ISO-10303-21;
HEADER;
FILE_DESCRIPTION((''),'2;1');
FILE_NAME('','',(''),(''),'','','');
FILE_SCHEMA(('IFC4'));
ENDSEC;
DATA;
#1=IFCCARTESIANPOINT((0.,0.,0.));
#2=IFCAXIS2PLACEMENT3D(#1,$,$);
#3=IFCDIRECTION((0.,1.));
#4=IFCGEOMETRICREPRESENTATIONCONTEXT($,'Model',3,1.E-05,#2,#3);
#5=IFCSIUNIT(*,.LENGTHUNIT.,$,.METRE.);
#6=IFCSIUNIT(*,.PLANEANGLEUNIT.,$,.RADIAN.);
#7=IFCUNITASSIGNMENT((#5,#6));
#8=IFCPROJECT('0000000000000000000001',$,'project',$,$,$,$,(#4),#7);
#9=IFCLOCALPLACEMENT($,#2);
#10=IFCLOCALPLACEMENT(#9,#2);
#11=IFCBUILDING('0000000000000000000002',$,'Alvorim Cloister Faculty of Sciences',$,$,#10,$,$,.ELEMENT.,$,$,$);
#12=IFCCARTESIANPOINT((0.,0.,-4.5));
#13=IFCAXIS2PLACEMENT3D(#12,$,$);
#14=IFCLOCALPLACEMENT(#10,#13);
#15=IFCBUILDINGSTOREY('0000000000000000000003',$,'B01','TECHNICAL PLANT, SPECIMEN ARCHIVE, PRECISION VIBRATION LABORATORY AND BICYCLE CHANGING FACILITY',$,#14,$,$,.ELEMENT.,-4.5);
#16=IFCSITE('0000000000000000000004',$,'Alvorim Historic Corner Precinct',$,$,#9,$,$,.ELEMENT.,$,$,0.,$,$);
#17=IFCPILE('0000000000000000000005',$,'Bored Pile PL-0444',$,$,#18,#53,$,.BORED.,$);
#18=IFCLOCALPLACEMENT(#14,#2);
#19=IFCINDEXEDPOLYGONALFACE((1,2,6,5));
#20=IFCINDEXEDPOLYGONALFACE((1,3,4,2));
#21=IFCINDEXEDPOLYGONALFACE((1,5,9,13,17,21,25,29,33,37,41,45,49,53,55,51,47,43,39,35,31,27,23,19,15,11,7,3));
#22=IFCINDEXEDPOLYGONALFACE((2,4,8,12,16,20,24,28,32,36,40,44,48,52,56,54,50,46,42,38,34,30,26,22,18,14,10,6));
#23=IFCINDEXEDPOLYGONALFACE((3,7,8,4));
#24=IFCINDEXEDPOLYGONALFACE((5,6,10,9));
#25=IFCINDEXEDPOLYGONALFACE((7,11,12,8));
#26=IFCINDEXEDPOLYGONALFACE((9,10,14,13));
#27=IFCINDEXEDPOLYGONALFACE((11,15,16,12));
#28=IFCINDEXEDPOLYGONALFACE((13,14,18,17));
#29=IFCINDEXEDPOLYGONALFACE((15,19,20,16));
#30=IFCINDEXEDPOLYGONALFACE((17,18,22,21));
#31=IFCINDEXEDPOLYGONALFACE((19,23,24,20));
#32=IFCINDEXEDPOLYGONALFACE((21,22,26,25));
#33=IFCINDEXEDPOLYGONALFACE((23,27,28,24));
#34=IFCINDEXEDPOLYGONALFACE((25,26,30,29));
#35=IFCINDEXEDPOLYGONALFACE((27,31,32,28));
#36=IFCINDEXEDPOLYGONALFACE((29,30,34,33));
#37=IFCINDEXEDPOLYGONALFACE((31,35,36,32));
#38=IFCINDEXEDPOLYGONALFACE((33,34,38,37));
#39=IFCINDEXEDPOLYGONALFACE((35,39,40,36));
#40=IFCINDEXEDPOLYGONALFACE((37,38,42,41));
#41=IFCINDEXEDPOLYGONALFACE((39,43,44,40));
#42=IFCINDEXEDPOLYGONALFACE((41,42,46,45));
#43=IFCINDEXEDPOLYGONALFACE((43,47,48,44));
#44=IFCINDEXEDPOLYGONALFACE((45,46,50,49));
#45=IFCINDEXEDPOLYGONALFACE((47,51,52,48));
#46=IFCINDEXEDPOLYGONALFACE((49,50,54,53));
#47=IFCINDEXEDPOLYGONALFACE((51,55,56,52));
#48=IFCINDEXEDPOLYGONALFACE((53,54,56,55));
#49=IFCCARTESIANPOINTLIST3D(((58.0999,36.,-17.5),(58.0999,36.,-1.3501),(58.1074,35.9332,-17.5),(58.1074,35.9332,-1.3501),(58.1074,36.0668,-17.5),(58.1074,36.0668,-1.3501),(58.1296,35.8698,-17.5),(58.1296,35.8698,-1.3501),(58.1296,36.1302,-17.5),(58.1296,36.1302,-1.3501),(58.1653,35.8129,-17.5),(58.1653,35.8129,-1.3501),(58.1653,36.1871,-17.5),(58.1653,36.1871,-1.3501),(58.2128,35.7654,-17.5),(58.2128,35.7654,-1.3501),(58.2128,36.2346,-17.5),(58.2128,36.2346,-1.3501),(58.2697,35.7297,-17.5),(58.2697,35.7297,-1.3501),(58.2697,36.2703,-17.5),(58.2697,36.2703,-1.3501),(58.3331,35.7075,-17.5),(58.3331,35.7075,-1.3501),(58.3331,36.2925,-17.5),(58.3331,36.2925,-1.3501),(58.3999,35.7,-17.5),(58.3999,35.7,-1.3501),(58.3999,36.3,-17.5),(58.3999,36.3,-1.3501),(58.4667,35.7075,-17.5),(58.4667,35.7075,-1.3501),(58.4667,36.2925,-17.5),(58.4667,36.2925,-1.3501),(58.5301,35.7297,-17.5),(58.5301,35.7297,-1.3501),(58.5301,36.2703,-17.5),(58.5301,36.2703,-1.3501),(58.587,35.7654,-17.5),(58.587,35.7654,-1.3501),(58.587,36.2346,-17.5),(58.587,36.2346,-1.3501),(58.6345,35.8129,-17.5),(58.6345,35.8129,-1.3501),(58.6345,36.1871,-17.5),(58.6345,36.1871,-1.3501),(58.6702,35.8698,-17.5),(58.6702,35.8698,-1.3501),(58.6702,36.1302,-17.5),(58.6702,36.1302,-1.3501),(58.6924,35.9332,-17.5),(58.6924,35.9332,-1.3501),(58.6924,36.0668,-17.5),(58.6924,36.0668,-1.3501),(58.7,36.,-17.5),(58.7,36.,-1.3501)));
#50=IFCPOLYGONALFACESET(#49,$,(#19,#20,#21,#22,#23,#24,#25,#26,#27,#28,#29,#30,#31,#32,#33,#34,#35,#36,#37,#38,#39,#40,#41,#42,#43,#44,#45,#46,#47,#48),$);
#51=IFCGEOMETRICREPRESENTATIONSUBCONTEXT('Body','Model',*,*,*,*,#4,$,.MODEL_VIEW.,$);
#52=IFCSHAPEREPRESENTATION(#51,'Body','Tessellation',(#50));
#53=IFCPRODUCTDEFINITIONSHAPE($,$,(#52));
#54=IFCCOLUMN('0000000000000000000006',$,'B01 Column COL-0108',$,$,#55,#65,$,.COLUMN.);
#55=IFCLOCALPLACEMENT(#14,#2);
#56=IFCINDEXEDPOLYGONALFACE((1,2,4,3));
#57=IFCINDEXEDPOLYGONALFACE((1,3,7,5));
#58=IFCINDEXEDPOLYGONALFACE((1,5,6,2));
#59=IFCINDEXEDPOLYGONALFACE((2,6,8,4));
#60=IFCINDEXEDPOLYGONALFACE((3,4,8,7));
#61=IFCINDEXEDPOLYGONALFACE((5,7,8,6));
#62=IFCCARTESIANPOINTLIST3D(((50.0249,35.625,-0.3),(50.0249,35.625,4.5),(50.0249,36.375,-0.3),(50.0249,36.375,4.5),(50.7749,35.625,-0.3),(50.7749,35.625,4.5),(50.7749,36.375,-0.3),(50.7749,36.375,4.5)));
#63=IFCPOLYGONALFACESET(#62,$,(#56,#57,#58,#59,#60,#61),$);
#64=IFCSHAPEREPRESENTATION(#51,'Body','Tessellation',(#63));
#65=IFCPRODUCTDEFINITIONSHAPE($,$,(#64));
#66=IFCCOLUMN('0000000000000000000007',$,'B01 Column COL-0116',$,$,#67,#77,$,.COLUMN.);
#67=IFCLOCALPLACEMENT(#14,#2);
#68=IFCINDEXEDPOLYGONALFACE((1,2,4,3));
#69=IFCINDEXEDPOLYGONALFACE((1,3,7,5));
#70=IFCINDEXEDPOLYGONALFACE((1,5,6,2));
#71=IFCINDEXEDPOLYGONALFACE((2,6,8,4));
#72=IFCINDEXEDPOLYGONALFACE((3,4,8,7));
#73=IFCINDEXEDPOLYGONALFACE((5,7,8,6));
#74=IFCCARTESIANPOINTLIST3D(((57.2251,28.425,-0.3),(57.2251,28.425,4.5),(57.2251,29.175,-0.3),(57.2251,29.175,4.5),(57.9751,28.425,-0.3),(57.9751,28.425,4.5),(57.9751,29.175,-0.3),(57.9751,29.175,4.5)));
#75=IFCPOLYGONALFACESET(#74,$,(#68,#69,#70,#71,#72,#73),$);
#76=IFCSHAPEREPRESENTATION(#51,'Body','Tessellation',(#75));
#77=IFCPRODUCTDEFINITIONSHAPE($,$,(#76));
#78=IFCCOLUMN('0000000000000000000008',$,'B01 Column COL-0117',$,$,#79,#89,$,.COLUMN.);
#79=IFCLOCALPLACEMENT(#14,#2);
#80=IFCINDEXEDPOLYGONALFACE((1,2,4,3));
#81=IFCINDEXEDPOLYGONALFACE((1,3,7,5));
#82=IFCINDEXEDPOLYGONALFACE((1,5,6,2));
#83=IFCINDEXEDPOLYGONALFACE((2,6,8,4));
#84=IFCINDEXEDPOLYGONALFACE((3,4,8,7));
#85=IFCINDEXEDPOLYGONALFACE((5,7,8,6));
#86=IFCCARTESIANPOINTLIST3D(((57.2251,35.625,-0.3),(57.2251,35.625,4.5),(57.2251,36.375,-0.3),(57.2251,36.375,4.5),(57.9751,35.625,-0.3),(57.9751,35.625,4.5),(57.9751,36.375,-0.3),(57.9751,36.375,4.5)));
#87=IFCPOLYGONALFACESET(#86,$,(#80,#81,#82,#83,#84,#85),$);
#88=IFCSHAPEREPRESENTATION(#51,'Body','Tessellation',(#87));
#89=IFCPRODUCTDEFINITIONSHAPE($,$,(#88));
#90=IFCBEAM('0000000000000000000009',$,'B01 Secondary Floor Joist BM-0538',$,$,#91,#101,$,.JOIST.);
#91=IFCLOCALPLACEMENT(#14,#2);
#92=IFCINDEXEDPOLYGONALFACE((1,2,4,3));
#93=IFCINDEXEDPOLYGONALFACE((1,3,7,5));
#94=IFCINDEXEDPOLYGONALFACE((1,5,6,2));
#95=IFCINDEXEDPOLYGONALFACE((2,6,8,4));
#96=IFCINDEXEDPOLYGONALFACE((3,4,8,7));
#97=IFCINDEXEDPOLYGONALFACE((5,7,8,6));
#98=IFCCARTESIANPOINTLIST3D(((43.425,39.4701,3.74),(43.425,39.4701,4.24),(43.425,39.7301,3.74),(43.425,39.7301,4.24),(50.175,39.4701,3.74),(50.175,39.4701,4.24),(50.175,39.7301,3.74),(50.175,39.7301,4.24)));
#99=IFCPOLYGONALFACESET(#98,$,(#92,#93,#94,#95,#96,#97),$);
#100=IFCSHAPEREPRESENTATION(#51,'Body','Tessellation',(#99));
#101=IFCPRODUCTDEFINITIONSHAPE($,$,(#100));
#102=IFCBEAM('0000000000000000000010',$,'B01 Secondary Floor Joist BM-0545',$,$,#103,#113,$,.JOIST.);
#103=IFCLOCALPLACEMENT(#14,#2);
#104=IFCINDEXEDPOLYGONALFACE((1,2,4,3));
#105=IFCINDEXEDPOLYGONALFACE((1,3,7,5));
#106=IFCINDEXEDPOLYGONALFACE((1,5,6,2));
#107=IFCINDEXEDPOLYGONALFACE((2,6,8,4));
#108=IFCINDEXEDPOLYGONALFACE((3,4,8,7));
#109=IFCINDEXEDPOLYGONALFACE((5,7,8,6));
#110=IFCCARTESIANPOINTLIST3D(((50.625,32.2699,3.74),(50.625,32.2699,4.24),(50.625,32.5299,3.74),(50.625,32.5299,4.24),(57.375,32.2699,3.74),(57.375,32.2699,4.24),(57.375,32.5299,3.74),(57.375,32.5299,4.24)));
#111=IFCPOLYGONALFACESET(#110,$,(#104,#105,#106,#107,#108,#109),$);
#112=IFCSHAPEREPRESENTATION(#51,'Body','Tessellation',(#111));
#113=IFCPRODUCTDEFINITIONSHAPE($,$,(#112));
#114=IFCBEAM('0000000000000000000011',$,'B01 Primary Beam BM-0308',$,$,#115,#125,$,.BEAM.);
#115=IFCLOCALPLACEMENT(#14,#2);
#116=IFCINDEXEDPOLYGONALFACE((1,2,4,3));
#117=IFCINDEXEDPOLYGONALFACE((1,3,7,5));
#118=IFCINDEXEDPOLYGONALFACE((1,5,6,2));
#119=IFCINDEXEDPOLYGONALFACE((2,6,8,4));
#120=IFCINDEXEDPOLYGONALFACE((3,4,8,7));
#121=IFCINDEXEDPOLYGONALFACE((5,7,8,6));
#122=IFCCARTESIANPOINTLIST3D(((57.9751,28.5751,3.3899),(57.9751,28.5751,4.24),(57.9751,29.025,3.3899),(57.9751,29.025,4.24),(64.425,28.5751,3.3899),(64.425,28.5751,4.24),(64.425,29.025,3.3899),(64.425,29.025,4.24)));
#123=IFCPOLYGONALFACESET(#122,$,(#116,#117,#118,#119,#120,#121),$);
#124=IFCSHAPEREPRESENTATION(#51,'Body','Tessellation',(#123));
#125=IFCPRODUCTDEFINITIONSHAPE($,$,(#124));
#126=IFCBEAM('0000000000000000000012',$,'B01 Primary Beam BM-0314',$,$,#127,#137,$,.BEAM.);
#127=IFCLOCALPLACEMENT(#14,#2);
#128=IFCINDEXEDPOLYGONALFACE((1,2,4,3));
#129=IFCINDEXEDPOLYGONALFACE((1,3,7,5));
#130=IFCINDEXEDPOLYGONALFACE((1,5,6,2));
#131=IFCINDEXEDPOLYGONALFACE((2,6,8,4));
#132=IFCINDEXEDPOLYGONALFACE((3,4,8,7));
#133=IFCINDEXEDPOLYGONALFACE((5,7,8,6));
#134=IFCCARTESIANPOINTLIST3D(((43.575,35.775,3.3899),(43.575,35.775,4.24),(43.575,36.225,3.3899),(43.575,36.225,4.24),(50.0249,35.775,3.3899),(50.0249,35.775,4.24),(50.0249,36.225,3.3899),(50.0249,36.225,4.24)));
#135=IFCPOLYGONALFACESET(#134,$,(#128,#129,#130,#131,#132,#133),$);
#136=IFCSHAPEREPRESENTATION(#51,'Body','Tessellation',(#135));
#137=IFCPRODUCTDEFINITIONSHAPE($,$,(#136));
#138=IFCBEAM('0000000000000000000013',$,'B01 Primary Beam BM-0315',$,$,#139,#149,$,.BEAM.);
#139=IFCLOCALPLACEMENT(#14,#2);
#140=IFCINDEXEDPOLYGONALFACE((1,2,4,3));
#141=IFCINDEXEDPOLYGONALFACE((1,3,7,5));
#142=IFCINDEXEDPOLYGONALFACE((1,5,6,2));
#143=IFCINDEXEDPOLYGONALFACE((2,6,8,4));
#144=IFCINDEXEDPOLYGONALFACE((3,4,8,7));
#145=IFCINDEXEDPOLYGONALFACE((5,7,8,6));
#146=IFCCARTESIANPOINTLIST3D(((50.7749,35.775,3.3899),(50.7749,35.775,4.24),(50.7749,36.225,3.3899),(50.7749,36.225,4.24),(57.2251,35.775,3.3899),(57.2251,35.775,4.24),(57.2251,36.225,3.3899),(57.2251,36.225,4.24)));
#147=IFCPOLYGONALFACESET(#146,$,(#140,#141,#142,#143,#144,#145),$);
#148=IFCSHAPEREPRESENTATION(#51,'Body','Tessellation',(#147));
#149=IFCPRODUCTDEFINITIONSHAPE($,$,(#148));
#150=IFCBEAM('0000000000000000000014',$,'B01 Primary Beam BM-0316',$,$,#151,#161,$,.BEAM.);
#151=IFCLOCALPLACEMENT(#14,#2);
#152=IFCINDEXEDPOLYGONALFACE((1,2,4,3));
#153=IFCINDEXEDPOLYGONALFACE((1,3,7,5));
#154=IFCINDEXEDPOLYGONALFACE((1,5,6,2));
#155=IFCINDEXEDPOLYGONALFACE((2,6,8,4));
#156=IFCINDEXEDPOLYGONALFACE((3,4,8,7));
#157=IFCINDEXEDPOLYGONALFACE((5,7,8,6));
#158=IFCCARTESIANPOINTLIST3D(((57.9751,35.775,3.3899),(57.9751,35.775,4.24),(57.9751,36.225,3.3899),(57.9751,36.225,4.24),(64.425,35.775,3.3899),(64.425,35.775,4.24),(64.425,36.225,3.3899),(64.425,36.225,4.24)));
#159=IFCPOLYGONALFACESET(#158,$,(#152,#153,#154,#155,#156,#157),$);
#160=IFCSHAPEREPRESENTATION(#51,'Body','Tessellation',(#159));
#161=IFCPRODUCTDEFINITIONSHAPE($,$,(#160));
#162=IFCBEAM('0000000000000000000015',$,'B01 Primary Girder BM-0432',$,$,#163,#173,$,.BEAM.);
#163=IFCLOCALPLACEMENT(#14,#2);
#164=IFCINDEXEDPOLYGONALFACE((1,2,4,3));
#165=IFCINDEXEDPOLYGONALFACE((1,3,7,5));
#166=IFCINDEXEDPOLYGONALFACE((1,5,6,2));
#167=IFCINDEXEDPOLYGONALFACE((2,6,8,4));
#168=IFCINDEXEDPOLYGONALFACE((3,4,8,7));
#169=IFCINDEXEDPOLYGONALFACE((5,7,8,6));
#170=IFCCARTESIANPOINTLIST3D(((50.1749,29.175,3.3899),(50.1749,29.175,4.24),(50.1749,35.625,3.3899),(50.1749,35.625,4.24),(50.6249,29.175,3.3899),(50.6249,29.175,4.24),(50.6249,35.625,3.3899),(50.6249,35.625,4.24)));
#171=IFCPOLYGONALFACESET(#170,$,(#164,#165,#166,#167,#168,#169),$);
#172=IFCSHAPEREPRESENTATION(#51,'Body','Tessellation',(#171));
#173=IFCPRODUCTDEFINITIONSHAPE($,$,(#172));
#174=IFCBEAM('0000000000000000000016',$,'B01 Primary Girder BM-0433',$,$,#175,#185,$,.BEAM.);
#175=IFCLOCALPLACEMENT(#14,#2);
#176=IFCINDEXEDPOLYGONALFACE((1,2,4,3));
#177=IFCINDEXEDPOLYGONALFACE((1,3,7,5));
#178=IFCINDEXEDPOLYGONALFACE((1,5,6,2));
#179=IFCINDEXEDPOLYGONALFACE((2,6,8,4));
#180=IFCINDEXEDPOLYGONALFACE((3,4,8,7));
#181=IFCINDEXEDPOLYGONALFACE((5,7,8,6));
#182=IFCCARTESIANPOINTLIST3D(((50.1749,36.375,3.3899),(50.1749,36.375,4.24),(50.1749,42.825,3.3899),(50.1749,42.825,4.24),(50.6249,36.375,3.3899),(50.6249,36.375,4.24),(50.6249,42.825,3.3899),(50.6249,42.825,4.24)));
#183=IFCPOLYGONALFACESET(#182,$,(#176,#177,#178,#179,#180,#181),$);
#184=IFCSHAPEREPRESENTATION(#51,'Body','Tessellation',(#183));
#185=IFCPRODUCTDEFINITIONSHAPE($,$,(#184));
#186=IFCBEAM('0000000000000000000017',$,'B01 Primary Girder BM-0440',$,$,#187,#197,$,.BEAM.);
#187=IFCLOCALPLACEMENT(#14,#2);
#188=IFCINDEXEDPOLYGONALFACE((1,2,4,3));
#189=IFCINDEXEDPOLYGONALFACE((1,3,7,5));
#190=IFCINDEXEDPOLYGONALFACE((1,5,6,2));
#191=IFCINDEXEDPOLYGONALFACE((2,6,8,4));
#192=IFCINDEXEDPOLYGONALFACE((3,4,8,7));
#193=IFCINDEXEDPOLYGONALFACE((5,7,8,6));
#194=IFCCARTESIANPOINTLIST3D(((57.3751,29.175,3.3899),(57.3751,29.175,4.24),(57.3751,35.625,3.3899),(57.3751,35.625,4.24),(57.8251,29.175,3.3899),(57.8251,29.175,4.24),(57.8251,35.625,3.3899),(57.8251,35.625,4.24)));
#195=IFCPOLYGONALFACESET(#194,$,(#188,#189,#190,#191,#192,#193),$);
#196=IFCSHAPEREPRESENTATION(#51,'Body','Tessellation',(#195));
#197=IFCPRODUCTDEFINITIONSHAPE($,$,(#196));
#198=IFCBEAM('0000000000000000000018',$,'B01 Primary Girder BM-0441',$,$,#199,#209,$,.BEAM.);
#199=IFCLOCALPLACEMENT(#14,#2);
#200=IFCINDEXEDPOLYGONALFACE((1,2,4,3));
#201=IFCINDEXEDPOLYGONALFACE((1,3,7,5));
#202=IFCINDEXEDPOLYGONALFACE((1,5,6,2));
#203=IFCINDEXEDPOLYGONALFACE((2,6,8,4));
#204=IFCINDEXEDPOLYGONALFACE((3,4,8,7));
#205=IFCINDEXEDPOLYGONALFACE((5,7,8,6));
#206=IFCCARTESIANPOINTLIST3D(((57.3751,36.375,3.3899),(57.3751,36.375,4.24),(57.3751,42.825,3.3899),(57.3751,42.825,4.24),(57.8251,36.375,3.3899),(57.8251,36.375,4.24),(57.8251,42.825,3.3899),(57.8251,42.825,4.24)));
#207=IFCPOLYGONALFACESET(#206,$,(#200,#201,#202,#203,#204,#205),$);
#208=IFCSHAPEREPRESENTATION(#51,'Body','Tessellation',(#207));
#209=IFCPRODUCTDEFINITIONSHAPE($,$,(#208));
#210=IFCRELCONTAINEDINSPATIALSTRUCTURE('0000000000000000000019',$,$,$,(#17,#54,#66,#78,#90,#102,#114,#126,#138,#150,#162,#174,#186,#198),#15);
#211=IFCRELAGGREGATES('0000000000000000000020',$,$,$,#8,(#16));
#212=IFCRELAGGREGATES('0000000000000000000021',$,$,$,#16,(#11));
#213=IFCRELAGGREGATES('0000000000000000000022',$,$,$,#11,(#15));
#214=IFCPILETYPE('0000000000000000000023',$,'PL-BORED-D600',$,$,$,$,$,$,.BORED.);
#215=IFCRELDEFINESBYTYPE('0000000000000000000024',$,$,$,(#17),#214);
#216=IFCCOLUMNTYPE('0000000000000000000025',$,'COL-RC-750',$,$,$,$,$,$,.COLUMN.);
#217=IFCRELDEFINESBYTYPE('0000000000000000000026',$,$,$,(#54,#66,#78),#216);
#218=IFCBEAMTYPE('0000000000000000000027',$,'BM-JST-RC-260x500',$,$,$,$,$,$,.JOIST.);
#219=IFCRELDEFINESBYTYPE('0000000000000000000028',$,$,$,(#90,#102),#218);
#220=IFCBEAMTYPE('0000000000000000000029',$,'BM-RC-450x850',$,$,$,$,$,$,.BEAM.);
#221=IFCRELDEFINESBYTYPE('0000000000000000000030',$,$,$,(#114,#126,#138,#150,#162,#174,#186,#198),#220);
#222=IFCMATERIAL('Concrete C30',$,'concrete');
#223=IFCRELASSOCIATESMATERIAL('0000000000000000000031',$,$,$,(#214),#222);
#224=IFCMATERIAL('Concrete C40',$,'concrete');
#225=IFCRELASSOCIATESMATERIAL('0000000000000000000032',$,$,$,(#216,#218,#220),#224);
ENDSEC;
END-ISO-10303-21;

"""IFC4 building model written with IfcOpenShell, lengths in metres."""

from ifc_helpers import new_model, si_unit, direction, frame, origin, origin_2d, place, context, subcontext, project, spatial, rectangle, circle, extrude, material, material_profile, profile_set, type_object, element, save


model = new_model("IFC4")

# Units and contexts
model_context = context("Model", 3, precision=1e-05, world=origin(), true_north=direction((0.0, 1.0)))
body_context = subcontext(model_context, "Body", "Model", "MODEL_VIEW")
ifc_project = project(units=[si_unit("LENGTHUNIT", "METRE"), si_unit("PLANEANGLEUNIT", "RADIAN")], contexts=[model_context])

# Site, building, storey
site_placement = place(None, origin())
site = spatial("IfcSite", under=ifc_project, at=site_placement, Name="Alvorim Historic Corner Precinct", CompositionType="ELEMENT", RefElevation=0.0)
building_placement = place(site_placement, origin())
building = spatial("IfcBuilding", under=site, at=building_placement, Name="Alvorim Cloister Faculty of Sciences", CompositionType="ELEMENT")
storey_placement = place(building_placement, frame((0.0, 0.0, -4.5)))
storey = spatial("IfcBuildingStorey", under=building, at=storey_placement, Name="B01", Description="TECHNICAL PLANT, SPECIMEN ARCHIVE, PRECISION VIBRATION LABORATORY AND BICYCLE CHANGING FACILITY", CompositionType="ELEMENT", Elevation=-4.5)

# Shared definitions
ifc_material_1 = material(Name="Concrete C40", Category="concrete")

# Pile
ifc_material_2 = material(Name="Concrete C30", Category="concrete")
ifc_material_profile_1 = material_profile(ifc_material_2, circle(Radius=0.3, at=origin_2d()), Name="PILE-D600")
ifc_profile_set_1 = profile_set([ifc_material_profile_1], Name="Concrete C30")
pile_type = type_object("IfcPileType", Name="PL-BORED-D600", PredefinedType="BORED", material=ifc_profile_set_1)
for number, where, z_axis, x_axis, name in (
    (1, (58.3999, 36.0, -1.3501), (0.0, 0.0, -1.0), (1.0, 0.0, 0.0), "Bored Pile PL-0444"),
):
    element("IfcPile", number, at=place(storey_placement, frame(where, z_axis=z_axis, x_axis=x_axis)), inside=storey, type_object=pile_type, Name=name, PredefinedType="BORED", context=body_context, shape_type="SweptSolid", body=[
        extrude(circle(Radius=0.3, at=origin_2d()), origin(), (0.0, 0.0, 1.0), 16.1499),
    ])

# Columns
ifc_material_profile_2 = material_profile(ifc_material_1, rectangle(XDim=0.75, YDim=0.75, at=origin_2d()), Name="RC40-COL-750x750")
ifc_profile_set_2 = profile_set([ifc_material_profile_2], Name="Concrete C40")
column_type = type_object("IfcColumnType", Name="COL-RC-750", PredefinedType="COLUMN", material=ifc_profile_set_2)
for number, where, z_axis, x_axis, name in (
    (2, (50.3999, 36.0, -0.3), (0.0, 0.0, 1.0), (1.0, 0.0, 0.0), "B01 Column COL-0108"),
    (3, (57.6001, 28.8, -0.3), (0.0, 0.0, 1.0), (1.0, 0.0, 0.0), "B01 Column COL-0116"),
    (4, (57.6001, 36.0, -0.3), (0.0, 0.0, 1.0), (1.0, 0.0, 0.0), "B01 Column COL-0117"),
):
    element("IfcColumn", number, at=place(storey_placement, frame(where, z_axis=z_axis, x_axis=x_axis)), inside=storey, type_object=column_type, Name=name, PredefinedType="COLUMN", context=body_context, shape_type="SweptSolid", body=[
        extrude(rectangle(XDim=0.75, YDim=0.75, at=origin_2d()), origin(), (0.0, 0.0, 1.0), 4.8),
    ])

# Beams
ifc_material_profile_3 = material_profile(ifc_material_1, rectangle(XDim=0.26, YDim=0.5, at=origin_2d()), Name="RC40-JST-260x500")
ifc_profile_set_3 = profile_set([ifc_material_profile_3], Name="Concrete C40")
beam_type_1 = type_object("IfcBeamType", Name="BM-JST-RC-260x500", PredefinedType="JOIST", material=ifc_profile_set_3)
for number, where, z_axis, x_axis, name in (
    (5, (43.425, 39.6001, 3.99), (1.0, 0.0, 0.0), (0.0, 1.0, 0.0), "B01 Secondary Floor Joist BM-0538"),
    (6, (50.625, 32.3999, 3.99), (1.0, 0.0, 0.0), (0.0, 1.0, 0.0), "B01 Secondary Floor Joist BM-0545"),
):
    element("IfcBeam", number, at=place(storey_placement, frame(where, z_axis=z_axis, x_axis=x_axis)), inside=storey, type_object=beam_type_1, Name=name, PredefinedType="JOIST", context=body_context, shape_type="SweptSolid", body=[
        extrude(rectangle(XDim=0.26, YDim=0.5, at=origin_2d()), origin(), (0.0, 0.0, 1.0), 6.75),
    ])
ifc_material_profile_4 = material_profile(ifc_material_1, rectangle(XDim=0.45, YDim=0.8501, at=origin_2d()), Name="RC40-BM-450x850")
ifc_profile_set_4 = profile_set([ifc_material_profile_4], Name="Concrete C40")
beam_type_2 = type_object("IfcBeamType", Name="BM-RC-450x850", PredefinedType="BEAM", material=ifc_profile_set_4)
for number, where, z_axis, x_axis, name in (
    (7, (57.9751, 28.8, 3.8149), (1.0, 0.0, 0.0), (0.0, 1.0, 0.0), "B01 Primary Beam BM-0308"),
    (8, (43.575, 36.0, 3.8149), (1.0, 0.0, 0.0), (0.0, 1.0, 0.0), "B01 Primary Beam BM-0314"),
):
    element("IfcBeam", number, at=place(storey_placement, frame(where, z_axis=z_axis, x_axis=x_axis)), inside=storey, type_object=beam_type_2, Name=name, PredefinedType="BEAM", context=body_context, shape_type="SweptSolid", body=[
        extrude(rectangle(XDim=0.45, YDim=0.8501, at=origin_2d()), origin(), (0.0, 0.0, 1.0), 6.45),
    ])
beam_placement = place(storey_placement, frame((50.7749, 36.0, 3.8149), z_axis=(1.0, 0.0, 0.0), x_axis=(0.0, 1.0, 0.0)))
element("IfcBeam", 9, at=beam_placement, inside=storey, type_object=beam_type_2, Name="B01 Primary Beam BM-0315", PredefinedType="BEAM", context=body_context, shape_type="SweptSolid", body=[
    extrude(rectangle(XDim=0.45, YDim=0.8501, at=origin_2d()), origin(), (0.0, 0.0, 1.0), 6.4502),
])
for number, where, z_axis, x_axis, name in (
    (10, (57.9751, 36.0, 3.8149), (1.0, 0.0, 0.0), (0.0, 1.0, 0.0), "B01 Primary Beam BM-0316"),
    (11, (50.3999, 29.175, 3.8149), (0.0, 1.0, 0.0), (-1.0, 0.0, 0.0), "B01 Primary Girder BM-0432"),
    (12, (50.3999, 36.375, 3.8149), (0.0, 1.0, 0.0), (-1.0, 0.0, 0.0), "B01 Primary Girder BM-0433"),
    (13, (57.6001, 29.175, 3.8149), (0.0, 1.0, 0.0), (-1.0, 0.0, 0.0), "B01 Primary Girder BM-0440"),
    (14, (57.6001, 36.375, 3.8149), (0.0, 1.0, 0.0), (-1.0, 0.0, 0.0), "B01 Primary Girder BM-0441"),
):
    element("IfcBeam", number, at=place(storey_placement, frame(where, z_axis=z_axis, x_axis=x_axis)), inside=storey, type_object=beam_type_2, Name=name, PredefinedType="BEAM", context=body_context, shape_type="SweptSolid", body=[
        extrude(rectangle(XDim=0.45, YDim=0.8501, at=origin_2d()), origin(), (0.0, 0.0, 1.0), 6.45),
    ])

save(model, "model.ifc")
